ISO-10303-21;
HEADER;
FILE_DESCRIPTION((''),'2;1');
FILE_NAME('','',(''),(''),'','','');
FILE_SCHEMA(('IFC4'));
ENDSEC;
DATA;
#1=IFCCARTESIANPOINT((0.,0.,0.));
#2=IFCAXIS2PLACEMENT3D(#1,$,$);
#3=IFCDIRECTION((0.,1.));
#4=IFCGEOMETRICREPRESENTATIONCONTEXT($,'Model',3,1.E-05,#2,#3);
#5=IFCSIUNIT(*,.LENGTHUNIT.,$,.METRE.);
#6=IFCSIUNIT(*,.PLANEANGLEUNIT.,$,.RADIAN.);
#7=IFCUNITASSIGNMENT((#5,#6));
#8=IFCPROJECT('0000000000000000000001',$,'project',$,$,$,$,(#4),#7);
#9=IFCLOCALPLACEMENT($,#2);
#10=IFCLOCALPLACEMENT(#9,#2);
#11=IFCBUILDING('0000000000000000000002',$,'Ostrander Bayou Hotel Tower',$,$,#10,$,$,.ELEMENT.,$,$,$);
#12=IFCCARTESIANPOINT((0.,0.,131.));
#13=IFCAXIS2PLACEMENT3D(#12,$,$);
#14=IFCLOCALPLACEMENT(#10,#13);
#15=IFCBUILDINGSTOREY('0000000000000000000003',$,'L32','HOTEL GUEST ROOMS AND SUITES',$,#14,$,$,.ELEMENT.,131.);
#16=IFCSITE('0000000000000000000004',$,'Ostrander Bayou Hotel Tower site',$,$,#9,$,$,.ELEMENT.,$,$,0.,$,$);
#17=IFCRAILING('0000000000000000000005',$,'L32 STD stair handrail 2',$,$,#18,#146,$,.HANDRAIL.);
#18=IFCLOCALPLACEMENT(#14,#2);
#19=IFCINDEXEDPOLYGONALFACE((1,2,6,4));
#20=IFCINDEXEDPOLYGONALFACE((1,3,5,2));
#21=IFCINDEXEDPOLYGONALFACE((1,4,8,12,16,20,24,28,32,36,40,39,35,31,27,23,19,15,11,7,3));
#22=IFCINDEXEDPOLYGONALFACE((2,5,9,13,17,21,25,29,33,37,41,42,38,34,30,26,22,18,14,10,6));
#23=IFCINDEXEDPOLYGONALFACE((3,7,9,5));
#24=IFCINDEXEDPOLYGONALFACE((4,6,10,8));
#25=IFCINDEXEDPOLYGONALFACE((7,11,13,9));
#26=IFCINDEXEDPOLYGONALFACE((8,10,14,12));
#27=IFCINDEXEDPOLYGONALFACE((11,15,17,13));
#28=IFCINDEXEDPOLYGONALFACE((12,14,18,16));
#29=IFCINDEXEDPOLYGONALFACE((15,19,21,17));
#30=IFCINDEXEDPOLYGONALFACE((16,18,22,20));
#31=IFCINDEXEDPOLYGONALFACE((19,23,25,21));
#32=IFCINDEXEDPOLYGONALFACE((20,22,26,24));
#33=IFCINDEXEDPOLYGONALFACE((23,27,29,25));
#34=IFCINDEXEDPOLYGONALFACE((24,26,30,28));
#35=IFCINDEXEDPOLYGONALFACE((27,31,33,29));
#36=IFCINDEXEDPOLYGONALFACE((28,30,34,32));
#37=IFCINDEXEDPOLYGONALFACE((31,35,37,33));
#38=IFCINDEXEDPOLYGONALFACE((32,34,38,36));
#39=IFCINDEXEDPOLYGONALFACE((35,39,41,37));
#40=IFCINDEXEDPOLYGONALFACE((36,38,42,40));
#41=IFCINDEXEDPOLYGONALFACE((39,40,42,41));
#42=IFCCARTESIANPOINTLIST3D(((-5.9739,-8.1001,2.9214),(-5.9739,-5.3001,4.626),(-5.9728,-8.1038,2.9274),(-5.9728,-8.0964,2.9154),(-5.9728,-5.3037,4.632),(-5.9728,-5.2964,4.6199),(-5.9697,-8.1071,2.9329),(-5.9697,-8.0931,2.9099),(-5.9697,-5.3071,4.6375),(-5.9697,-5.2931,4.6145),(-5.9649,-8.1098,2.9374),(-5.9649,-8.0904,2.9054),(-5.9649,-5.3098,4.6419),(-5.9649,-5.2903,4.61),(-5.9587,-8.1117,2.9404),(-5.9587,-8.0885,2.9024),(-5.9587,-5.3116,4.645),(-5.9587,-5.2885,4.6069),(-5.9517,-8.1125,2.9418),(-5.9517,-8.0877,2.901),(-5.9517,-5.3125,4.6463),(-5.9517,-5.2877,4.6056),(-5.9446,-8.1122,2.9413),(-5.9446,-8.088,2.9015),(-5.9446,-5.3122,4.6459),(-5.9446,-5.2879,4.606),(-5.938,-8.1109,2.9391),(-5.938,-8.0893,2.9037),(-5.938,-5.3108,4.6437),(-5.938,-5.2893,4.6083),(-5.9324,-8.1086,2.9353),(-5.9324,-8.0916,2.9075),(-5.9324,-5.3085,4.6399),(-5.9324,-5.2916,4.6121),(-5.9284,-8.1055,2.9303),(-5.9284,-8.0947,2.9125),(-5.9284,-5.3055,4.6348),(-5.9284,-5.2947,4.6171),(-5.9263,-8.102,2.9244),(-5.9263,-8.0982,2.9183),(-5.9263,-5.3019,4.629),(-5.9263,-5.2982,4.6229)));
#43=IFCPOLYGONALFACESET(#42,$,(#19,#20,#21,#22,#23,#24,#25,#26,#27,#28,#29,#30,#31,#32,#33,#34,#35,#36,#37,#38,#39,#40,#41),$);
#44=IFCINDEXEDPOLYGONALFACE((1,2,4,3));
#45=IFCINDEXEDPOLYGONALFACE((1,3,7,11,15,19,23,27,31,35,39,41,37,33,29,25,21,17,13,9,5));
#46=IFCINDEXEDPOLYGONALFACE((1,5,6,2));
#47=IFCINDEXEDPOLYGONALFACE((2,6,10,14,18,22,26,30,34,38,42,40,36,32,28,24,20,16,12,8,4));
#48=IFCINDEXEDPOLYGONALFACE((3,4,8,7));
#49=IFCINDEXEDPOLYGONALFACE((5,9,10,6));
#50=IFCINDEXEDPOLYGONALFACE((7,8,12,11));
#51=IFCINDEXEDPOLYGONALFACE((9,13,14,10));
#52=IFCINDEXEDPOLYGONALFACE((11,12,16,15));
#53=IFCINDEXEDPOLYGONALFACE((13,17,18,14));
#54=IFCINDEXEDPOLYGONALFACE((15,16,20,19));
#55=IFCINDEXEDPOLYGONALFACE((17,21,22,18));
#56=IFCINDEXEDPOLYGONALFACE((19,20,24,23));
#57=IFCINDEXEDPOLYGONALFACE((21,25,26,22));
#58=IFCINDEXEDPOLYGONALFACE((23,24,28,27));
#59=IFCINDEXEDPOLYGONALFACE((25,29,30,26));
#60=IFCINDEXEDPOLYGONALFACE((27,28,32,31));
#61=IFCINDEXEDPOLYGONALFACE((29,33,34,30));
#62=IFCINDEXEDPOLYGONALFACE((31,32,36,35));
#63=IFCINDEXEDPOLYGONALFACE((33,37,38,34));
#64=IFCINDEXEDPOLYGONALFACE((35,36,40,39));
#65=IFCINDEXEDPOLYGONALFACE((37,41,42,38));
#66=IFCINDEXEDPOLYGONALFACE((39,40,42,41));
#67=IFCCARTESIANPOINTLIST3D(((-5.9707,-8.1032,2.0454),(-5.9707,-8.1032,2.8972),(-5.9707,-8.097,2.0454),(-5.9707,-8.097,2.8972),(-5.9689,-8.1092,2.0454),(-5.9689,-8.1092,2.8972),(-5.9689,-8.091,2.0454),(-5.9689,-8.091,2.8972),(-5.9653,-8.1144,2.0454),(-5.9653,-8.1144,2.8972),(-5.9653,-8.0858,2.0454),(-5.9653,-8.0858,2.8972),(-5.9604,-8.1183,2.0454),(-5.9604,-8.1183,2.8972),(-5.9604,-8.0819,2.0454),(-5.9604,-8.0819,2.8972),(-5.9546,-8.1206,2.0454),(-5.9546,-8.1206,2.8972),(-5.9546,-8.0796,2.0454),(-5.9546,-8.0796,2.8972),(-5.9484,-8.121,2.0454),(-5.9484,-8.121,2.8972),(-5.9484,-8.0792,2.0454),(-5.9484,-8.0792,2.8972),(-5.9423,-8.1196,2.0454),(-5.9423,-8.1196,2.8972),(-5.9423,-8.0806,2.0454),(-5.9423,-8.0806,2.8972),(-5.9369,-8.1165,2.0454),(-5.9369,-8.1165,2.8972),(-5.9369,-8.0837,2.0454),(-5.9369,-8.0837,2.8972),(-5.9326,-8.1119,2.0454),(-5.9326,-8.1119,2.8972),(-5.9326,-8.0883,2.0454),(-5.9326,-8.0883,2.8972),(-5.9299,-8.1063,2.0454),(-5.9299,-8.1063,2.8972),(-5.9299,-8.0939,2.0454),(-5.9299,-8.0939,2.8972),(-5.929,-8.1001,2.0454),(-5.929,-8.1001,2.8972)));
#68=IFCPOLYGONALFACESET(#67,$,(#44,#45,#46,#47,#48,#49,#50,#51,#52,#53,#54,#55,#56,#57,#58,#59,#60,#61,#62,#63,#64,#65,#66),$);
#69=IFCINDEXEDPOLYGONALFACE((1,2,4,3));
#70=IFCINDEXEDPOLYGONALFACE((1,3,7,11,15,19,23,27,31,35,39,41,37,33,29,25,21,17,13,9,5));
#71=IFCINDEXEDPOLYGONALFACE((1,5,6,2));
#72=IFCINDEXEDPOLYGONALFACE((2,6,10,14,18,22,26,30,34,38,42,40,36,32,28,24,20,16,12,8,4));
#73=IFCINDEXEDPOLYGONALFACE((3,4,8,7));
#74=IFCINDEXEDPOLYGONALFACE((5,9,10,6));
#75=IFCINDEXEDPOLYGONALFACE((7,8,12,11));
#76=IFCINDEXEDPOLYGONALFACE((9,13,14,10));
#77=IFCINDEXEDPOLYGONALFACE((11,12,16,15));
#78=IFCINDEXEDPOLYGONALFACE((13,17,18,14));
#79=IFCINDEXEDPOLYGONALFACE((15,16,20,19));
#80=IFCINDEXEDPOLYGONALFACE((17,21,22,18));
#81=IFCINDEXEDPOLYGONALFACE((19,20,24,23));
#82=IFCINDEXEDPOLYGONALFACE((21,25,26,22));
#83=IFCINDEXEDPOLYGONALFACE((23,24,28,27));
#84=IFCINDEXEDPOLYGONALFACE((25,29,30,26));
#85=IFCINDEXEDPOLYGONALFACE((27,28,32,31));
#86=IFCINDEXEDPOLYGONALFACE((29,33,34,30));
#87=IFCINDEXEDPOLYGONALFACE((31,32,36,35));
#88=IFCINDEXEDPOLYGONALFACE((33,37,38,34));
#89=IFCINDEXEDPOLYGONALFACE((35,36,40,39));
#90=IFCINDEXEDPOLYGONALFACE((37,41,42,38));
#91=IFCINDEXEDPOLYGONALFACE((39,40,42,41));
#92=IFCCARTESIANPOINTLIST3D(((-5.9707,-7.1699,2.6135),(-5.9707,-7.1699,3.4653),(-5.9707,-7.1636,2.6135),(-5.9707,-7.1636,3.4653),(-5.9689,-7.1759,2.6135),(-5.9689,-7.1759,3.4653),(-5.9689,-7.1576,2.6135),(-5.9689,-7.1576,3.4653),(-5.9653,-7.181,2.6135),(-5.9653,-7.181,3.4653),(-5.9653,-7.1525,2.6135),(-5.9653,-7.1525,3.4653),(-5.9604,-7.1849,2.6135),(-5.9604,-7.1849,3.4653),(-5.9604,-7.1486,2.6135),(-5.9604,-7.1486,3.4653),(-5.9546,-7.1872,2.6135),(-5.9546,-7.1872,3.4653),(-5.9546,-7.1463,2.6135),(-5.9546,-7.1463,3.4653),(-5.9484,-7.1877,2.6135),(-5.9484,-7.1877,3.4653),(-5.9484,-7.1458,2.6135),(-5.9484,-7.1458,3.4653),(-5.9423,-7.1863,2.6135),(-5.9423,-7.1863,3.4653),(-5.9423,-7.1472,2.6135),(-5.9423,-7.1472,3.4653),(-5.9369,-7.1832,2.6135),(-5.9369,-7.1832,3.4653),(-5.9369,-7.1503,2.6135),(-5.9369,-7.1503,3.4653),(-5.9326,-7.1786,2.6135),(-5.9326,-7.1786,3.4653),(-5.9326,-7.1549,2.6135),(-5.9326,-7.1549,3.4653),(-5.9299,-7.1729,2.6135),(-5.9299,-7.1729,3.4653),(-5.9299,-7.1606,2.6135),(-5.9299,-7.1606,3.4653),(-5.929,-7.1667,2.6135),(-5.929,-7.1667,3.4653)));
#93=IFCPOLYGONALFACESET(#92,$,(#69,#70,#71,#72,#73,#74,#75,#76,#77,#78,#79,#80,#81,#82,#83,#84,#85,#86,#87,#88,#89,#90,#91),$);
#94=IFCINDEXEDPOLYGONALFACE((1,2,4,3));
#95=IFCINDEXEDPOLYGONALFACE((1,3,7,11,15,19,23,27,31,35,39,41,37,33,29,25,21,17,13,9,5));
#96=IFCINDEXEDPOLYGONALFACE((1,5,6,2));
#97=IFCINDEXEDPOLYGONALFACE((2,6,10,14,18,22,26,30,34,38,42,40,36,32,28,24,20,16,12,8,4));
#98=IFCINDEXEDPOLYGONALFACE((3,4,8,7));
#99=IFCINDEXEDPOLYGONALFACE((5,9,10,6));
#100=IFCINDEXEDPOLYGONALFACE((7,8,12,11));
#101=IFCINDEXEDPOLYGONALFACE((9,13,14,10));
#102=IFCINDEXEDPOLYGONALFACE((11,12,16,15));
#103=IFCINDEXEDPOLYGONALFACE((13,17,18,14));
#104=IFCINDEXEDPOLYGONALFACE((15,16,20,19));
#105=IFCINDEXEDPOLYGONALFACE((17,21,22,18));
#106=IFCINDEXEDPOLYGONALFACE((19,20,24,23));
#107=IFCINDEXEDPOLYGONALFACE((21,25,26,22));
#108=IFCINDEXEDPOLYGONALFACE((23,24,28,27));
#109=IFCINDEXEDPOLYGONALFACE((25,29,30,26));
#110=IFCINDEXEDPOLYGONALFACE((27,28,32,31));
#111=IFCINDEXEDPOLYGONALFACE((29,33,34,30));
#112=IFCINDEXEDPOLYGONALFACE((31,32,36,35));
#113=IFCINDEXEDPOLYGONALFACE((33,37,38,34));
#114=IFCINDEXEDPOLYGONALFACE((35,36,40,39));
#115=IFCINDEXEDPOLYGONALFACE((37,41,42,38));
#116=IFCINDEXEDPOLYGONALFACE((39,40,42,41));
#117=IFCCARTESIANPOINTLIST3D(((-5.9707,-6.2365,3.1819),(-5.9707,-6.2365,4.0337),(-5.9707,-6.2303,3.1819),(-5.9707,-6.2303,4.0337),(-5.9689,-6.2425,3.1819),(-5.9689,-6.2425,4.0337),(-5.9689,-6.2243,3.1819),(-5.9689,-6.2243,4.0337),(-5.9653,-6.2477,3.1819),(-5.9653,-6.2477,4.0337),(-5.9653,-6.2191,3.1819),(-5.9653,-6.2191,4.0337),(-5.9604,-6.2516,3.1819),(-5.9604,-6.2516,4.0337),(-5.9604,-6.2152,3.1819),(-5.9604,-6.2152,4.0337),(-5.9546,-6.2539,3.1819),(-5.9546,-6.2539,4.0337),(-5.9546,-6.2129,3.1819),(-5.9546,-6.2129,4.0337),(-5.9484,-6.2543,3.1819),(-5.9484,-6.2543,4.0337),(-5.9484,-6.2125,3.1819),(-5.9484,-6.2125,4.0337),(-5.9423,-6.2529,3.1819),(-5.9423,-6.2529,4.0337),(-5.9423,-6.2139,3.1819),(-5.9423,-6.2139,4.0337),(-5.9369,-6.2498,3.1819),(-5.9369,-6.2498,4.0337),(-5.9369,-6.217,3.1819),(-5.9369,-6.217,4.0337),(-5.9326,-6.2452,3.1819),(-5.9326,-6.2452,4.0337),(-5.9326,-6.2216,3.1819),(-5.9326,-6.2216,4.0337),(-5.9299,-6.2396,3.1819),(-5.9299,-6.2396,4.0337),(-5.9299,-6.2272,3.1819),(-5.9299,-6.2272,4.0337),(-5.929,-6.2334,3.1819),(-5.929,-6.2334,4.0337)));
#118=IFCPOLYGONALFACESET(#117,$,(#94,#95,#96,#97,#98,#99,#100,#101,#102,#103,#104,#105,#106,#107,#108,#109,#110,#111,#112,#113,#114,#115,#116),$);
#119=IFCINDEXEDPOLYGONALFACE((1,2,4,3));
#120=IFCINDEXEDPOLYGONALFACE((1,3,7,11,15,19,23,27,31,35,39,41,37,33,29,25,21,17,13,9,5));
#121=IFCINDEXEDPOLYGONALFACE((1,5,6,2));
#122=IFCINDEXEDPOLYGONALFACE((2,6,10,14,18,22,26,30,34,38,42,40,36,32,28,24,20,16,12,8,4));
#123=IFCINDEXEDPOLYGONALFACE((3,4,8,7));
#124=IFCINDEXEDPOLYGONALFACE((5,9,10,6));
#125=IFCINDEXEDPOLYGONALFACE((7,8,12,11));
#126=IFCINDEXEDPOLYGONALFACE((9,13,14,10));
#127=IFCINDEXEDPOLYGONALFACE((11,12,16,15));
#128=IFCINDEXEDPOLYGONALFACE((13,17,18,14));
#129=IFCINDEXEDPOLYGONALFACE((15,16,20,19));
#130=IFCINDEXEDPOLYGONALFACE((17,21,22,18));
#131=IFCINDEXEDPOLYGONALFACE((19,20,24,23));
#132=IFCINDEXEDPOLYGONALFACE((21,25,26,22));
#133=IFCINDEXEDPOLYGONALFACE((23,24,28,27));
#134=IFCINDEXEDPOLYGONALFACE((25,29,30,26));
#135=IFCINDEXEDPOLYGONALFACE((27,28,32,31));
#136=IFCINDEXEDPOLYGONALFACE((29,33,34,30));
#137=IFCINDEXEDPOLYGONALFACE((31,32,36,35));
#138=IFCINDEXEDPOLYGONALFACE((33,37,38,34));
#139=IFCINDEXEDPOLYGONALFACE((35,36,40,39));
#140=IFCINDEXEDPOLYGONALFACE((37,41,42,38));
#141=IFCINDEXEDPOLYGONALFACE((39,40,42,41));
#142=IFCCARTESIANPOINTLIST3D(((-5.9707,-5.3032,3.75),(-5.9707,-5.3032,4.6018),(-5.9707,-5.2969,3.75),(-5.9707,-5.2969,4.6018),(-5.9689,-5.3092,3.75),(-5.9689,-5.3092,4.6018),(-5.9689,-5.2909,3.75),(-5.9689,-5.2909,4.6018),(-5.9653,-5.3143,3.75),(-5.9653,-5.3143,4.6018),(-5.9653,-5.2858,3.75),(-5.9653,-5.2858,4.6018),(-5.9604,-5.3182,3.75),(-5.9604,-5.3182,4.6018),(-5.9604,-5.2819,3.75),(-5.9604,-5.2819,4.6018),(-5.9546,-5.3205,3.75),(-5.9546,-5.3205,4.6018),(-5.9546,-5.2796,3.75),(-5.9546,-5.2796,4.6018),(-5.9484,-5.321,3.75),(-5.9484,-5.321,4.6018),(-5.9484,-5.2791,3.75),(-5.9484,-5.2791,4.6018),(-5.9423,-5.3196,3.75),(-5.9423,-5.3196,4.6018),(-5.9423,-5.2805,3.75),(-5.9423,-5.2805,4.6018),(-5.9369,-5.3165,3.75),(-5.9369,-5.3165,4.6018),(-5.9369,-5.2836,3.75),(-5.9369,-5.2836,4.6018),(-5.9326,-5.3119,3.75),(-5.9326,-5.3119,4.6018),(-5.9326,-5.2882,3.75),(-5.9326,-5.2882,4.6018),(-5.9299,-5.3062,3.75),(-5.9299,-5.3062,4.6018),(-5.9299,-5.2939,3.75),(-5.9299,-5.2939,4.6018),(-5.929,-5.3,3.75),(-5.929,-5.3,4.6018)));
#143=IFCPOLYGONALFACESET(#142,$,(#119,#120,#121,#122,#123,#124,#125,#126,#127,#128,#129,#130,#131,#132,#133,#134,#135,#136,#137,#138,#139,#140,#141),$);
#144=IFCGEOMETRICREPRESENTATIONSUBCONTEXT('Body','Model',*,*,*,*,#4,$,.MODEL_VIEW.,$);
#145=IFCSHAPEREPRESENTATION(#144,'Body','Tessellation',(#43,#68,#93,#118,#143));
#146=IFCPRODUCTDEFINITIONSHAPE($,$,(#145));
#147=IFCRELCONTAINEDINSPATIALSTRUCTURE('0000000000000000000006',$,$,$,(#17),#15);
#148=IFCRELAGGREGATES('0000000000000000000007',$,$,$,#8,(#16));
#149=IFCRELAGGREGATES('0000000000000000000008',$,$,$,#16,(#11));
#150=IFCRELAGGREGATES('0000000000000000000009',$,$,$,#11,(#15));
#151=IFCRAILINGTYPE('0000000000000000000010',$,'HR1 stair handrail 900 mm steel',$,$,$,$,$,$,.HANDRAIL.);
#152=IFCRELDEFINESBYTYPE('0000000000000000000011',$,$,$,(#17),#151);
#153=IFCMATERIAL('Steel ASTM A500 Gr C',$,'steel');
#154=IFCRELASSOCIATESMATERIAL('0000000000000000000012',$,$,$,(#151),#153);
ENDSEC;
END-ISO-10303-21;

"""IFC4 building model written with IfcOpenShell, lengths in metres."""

from ifc_helpers import new_model, si_unit, direction, frame, origin, origin_2d, place, context, subcontext, project, spatial, circle, extrude, material, type_object, element, save


model = new_model("IFC4")

# Units and contexts
model_context = context("Model", 3, precision=1e-05, world=origin(), true_north=direction((0.0, 1.0)))
body_context = subcontext(model_context, "Body", "Model", "MODEL_VIEW")
ifc_project = project(units=[si_unit("LENGTHUNIT", "METRE"), si_unit("PLANEANGLEUNIT", "RADIAN")], contexts=[model_context])

# Site, building, storey
site_placement = place(None, origin())
site = spatial("IfcSite", under=ifc_project, at=site_placement, Name="Ostrander Bayou Hotel Tower site", CompositionType="ELEMENT", RefElevation=0.0)
building_placement = place(site_placement, origin())
building = spatial("IfcBuilding", under=site, at=building_placement, Name="Ostrander Bayou Hotel Tower", CompositionType="ELEMENT")
storey_placement = place(building_placement, frame((0.0, 0.0, 131.0)))
storey = spatial("IfcBuildingStorey", under=building, at=storey_placement, Name="L32", Description="HOTEL GUEST ROOMS AND SUITES", CompositionType="ELEMENT", Elevation=131.0)

# Railing
ifc_material_1 = material(Name="Steel ASTM A500 Gr C", Category="steel")
railing_type_1 = type_object("IfcRailingType", Name="HR1 stair handrail 900 mm steel", PredefinedType="HANDRAIL", material=ifc_material_1)
railing_1_placement = place(storey_placement, frame((-5.95, -8.1001, 2.0454)))
element("IfcRailing", 1, at=railing_1_placement, inside=storey, type_object=railing_type_1, Name="L32 STD stair handrail 2", PredefinedType="HANDRAIL", context=body_context, shape_type="SweptSolid", body=[
    extrude(circle(Radius=0.0239, at=origin_2d()), frame((0.0, 0.0, 0.876), z_axis=(0.0, 0.85417, 0.519994), x_axis=(-1.0, 0.0, 0.0)), (0.0, 0.0, 1.0), 3.2781),
    extrude(circle(Radius=0.021, at=origin_2d()), origin(), (0.0, 0.0, 1.0), 0.8518),
    extrude(circle(Radius=0.021, at=origin_2d()), frame((0.0, 0.9333, 0.5681)), (0.0, 0.0, 1.0), 0.8518),
    extrude(circle(Radius=0.021, at=origin_2d()), frame((0.0, 1.8667, 1.1365)), (0.0, 0.0, 1.0), 0.8518),
    extrude(circle(Radius=0.021, at=origin_2d()), frame((0.0, 2.8, 1.7046)), (0.0, 0.0, 1.0), 0.8518),
])

save(model, "model.ifc")
